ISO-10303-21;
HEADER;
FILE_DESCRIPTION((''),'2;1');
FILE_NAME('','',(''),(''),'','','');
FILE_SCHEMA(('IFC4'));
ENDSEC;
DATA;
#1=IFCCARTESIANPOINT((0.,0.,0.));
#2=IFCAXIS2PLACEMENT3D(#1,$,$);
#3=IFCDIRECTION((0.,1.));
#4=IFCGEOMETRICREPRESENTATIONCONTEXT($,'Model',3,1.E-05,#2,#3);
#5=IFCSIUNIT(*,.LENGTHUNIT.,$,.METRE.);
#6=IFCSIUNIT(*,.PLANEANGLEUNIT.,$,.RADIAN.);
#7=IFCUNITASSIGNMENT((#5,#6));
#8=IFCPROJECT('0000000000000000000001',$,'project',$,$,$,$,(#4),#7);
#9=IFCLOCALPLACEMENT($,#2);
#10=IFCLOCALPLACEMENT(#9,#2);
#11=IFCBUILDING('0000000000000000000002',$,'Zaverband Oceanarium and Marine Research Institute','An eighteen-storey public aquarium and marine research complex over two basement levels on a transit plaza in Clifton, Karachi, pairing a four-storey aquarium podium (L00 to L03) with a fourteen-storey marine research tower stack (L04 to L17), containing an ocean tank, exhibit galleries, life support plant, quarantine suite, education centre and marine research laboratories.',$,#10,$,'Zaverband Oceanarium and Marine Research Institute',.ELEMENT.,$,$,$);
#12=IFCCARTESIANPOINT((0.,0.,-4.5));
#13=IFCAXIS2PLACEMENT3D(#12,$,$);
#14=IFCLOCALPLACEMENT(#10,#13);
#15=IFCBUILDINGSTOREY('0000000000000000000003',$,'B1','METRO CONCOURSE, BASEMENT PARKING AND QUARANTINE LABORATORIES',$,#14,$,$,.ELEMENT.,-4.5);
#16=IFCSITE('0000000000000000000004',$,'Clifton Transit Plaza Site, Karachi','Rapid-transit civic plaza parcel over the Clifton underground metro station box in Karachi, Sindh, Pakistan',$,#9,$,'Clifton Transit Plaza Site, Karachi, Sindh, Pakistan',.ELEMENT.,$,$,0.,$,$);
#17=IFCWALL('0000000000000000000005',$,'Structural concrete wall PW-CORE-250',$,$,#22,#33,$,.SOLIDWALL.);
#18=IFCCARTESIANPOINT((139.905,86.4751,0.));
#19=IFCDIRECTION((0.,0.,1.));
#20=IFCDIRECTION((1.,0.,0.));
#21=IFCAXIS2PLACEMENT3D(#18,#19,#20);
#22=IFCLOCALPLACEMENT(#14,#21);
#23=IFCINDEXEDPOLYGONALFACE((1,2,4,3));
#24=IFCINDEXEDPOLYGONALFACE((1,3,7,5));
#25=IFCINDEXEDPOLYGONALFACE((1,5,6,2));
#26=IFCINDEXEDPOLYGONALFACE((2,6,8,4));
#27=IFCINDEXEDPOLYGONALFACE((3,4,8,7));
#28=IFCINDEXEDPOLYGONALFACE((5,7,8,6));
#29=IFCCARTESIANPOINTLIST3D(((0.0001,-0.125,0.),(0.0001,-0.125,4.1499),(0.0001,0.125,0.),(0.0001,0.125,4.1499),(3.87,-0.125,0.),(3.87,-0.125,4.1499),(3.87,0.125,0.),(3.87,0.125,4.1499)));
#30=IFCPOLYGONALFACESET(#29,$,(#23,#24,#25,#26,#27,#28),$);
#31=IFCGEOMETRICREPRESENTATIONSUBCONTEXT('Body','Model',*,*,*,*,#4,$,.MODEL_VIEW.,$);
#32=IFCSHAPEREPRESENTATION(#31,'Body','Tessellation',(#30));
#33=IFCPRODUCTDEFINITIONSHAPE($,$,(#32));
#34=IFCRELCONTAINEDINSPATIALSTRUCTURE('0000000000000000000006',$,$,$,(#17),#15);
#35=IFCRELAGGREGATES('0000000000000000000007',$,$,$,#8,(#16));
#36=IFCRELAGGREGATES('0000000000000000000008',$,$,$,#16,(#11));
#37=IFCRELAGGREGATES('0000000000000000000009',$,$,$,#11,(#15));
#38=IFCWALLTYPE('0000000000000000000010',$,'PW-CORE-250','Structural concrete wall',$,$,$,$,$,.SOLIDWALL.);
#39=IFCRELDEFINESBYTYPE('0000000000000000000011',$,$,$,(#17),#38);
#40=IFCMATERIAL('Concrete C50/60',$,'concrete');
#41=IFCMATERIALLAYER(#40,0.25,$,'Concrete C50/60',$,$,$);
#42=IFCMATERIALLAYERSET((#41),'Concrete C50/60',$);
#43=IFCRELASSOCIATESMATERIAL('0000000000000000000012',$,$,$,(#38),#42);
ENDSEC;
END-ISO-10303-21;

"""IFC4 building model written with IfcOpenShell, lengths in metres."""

from ifc_helpers import new_model, si_unit, direction, frame, frame_2d, origin, place, context, subcontext, project, spatial, rectangle, extrude, material, layer, layer_set, type_object, element, save


model = new_model("IFC4")

# Units and contexts
model_context = context("Model", 3, precision=1e-05, world=origin(), true_north=direction((0.0, 1.0)))
body_context = subcontext(model_context, "Body", "Model", "MODEL_VIEW")
ifc_project = project(units=[si_unit("LENGTHUNIT", "METRE"), si_unit("PLANEANGLEUNIT", "RADIAN")], contexts=[model_context])

# Site, building, storey
site_placement = place(None, origin())
site = spatial("IfcSite", under=ifc_project, at=site_placement, Name="Clifton Transit Plaza Site, Karachi", Description="Rapid-transit civic plaza parcel over the Clifton underground metro station box in Karachi, Sindh, Pakistan", LongName="Clifton Transit Plaza Site, Karachi, Sindh, Pakistan", CompositionType="ELEMENT", RefElevation=0.0)
building_placement = place(site_placement, origin())
building = spatial("IfcBuilding", under=site, at=building_placement, Name="Zaverband Oceanarium and Marine Research Institute", Description="An eighteen-storey public aquarium and marine research complex over two basement levels on a transit plaza in Clifton, Karachi, pairing a four-storey aquarium podium (L00 to L03) with a fourteen-storey marine research tower stack (L04 to L17), containing an ocean tank, exhibit galleries, life support plant, quarantine suite, education centre and marine research laboratories.", LongName="Zaverband Oceanarium and Marine Research Institute", CompositionType="ELEMENT")
storey_placement = place(building_placement, frame((0.0, 0.0, -4.5)))
storey = spatial("IfcBuildingStorey", under=building, at=storey_placement, Name="B1", Description="METRO CONCOURSE, BASEMENT PARKING AND QUARANTINE LABORATORIES", CompositionType="ELEMENT", Elevation=-4.5)

# Shared definitions
ifc_material_1 = material(Name="Concrete C50/60", Category="concrete")

# Shared definitions
ifc_layer_1 = layer(ifc_material_1, 0.25, Name="Concrete C50/60")
ifc_layer_set_1 = layer_set([ifc_layer_1], Name="Concrete C50/60")
wall_type_1 = type_object("IfcWallType", Name="PW-CORE-250", Description="Structural concrete wall", PredefinedType="SOLIDWALL", material=ifc_layer_set_1)

# Wall
wall_1_placement = place(storey_placement, frame((139.905, 86.4751, 0.0), z_axis=(0.0, 0.0, 1.0), x_axis=(1.0, 0.0, 0.0)))
element("IfcWall", 1, at=wall_1_placement, inside=storey, type_object=wall_type_1, Name="Structural concrete wall PW-CORE-250", PredefinedType="SOLIDWALL", context=body_context, shape_type="SweptSolid", body=[
    extrude(rectangle(XDim=3.8699, YDim=0.25, at=frame_2d((1.9351, 0.0))), origin(), (0.0, 0.0, 1.0), 4.1499),
])

save(model, "model.ifc")
